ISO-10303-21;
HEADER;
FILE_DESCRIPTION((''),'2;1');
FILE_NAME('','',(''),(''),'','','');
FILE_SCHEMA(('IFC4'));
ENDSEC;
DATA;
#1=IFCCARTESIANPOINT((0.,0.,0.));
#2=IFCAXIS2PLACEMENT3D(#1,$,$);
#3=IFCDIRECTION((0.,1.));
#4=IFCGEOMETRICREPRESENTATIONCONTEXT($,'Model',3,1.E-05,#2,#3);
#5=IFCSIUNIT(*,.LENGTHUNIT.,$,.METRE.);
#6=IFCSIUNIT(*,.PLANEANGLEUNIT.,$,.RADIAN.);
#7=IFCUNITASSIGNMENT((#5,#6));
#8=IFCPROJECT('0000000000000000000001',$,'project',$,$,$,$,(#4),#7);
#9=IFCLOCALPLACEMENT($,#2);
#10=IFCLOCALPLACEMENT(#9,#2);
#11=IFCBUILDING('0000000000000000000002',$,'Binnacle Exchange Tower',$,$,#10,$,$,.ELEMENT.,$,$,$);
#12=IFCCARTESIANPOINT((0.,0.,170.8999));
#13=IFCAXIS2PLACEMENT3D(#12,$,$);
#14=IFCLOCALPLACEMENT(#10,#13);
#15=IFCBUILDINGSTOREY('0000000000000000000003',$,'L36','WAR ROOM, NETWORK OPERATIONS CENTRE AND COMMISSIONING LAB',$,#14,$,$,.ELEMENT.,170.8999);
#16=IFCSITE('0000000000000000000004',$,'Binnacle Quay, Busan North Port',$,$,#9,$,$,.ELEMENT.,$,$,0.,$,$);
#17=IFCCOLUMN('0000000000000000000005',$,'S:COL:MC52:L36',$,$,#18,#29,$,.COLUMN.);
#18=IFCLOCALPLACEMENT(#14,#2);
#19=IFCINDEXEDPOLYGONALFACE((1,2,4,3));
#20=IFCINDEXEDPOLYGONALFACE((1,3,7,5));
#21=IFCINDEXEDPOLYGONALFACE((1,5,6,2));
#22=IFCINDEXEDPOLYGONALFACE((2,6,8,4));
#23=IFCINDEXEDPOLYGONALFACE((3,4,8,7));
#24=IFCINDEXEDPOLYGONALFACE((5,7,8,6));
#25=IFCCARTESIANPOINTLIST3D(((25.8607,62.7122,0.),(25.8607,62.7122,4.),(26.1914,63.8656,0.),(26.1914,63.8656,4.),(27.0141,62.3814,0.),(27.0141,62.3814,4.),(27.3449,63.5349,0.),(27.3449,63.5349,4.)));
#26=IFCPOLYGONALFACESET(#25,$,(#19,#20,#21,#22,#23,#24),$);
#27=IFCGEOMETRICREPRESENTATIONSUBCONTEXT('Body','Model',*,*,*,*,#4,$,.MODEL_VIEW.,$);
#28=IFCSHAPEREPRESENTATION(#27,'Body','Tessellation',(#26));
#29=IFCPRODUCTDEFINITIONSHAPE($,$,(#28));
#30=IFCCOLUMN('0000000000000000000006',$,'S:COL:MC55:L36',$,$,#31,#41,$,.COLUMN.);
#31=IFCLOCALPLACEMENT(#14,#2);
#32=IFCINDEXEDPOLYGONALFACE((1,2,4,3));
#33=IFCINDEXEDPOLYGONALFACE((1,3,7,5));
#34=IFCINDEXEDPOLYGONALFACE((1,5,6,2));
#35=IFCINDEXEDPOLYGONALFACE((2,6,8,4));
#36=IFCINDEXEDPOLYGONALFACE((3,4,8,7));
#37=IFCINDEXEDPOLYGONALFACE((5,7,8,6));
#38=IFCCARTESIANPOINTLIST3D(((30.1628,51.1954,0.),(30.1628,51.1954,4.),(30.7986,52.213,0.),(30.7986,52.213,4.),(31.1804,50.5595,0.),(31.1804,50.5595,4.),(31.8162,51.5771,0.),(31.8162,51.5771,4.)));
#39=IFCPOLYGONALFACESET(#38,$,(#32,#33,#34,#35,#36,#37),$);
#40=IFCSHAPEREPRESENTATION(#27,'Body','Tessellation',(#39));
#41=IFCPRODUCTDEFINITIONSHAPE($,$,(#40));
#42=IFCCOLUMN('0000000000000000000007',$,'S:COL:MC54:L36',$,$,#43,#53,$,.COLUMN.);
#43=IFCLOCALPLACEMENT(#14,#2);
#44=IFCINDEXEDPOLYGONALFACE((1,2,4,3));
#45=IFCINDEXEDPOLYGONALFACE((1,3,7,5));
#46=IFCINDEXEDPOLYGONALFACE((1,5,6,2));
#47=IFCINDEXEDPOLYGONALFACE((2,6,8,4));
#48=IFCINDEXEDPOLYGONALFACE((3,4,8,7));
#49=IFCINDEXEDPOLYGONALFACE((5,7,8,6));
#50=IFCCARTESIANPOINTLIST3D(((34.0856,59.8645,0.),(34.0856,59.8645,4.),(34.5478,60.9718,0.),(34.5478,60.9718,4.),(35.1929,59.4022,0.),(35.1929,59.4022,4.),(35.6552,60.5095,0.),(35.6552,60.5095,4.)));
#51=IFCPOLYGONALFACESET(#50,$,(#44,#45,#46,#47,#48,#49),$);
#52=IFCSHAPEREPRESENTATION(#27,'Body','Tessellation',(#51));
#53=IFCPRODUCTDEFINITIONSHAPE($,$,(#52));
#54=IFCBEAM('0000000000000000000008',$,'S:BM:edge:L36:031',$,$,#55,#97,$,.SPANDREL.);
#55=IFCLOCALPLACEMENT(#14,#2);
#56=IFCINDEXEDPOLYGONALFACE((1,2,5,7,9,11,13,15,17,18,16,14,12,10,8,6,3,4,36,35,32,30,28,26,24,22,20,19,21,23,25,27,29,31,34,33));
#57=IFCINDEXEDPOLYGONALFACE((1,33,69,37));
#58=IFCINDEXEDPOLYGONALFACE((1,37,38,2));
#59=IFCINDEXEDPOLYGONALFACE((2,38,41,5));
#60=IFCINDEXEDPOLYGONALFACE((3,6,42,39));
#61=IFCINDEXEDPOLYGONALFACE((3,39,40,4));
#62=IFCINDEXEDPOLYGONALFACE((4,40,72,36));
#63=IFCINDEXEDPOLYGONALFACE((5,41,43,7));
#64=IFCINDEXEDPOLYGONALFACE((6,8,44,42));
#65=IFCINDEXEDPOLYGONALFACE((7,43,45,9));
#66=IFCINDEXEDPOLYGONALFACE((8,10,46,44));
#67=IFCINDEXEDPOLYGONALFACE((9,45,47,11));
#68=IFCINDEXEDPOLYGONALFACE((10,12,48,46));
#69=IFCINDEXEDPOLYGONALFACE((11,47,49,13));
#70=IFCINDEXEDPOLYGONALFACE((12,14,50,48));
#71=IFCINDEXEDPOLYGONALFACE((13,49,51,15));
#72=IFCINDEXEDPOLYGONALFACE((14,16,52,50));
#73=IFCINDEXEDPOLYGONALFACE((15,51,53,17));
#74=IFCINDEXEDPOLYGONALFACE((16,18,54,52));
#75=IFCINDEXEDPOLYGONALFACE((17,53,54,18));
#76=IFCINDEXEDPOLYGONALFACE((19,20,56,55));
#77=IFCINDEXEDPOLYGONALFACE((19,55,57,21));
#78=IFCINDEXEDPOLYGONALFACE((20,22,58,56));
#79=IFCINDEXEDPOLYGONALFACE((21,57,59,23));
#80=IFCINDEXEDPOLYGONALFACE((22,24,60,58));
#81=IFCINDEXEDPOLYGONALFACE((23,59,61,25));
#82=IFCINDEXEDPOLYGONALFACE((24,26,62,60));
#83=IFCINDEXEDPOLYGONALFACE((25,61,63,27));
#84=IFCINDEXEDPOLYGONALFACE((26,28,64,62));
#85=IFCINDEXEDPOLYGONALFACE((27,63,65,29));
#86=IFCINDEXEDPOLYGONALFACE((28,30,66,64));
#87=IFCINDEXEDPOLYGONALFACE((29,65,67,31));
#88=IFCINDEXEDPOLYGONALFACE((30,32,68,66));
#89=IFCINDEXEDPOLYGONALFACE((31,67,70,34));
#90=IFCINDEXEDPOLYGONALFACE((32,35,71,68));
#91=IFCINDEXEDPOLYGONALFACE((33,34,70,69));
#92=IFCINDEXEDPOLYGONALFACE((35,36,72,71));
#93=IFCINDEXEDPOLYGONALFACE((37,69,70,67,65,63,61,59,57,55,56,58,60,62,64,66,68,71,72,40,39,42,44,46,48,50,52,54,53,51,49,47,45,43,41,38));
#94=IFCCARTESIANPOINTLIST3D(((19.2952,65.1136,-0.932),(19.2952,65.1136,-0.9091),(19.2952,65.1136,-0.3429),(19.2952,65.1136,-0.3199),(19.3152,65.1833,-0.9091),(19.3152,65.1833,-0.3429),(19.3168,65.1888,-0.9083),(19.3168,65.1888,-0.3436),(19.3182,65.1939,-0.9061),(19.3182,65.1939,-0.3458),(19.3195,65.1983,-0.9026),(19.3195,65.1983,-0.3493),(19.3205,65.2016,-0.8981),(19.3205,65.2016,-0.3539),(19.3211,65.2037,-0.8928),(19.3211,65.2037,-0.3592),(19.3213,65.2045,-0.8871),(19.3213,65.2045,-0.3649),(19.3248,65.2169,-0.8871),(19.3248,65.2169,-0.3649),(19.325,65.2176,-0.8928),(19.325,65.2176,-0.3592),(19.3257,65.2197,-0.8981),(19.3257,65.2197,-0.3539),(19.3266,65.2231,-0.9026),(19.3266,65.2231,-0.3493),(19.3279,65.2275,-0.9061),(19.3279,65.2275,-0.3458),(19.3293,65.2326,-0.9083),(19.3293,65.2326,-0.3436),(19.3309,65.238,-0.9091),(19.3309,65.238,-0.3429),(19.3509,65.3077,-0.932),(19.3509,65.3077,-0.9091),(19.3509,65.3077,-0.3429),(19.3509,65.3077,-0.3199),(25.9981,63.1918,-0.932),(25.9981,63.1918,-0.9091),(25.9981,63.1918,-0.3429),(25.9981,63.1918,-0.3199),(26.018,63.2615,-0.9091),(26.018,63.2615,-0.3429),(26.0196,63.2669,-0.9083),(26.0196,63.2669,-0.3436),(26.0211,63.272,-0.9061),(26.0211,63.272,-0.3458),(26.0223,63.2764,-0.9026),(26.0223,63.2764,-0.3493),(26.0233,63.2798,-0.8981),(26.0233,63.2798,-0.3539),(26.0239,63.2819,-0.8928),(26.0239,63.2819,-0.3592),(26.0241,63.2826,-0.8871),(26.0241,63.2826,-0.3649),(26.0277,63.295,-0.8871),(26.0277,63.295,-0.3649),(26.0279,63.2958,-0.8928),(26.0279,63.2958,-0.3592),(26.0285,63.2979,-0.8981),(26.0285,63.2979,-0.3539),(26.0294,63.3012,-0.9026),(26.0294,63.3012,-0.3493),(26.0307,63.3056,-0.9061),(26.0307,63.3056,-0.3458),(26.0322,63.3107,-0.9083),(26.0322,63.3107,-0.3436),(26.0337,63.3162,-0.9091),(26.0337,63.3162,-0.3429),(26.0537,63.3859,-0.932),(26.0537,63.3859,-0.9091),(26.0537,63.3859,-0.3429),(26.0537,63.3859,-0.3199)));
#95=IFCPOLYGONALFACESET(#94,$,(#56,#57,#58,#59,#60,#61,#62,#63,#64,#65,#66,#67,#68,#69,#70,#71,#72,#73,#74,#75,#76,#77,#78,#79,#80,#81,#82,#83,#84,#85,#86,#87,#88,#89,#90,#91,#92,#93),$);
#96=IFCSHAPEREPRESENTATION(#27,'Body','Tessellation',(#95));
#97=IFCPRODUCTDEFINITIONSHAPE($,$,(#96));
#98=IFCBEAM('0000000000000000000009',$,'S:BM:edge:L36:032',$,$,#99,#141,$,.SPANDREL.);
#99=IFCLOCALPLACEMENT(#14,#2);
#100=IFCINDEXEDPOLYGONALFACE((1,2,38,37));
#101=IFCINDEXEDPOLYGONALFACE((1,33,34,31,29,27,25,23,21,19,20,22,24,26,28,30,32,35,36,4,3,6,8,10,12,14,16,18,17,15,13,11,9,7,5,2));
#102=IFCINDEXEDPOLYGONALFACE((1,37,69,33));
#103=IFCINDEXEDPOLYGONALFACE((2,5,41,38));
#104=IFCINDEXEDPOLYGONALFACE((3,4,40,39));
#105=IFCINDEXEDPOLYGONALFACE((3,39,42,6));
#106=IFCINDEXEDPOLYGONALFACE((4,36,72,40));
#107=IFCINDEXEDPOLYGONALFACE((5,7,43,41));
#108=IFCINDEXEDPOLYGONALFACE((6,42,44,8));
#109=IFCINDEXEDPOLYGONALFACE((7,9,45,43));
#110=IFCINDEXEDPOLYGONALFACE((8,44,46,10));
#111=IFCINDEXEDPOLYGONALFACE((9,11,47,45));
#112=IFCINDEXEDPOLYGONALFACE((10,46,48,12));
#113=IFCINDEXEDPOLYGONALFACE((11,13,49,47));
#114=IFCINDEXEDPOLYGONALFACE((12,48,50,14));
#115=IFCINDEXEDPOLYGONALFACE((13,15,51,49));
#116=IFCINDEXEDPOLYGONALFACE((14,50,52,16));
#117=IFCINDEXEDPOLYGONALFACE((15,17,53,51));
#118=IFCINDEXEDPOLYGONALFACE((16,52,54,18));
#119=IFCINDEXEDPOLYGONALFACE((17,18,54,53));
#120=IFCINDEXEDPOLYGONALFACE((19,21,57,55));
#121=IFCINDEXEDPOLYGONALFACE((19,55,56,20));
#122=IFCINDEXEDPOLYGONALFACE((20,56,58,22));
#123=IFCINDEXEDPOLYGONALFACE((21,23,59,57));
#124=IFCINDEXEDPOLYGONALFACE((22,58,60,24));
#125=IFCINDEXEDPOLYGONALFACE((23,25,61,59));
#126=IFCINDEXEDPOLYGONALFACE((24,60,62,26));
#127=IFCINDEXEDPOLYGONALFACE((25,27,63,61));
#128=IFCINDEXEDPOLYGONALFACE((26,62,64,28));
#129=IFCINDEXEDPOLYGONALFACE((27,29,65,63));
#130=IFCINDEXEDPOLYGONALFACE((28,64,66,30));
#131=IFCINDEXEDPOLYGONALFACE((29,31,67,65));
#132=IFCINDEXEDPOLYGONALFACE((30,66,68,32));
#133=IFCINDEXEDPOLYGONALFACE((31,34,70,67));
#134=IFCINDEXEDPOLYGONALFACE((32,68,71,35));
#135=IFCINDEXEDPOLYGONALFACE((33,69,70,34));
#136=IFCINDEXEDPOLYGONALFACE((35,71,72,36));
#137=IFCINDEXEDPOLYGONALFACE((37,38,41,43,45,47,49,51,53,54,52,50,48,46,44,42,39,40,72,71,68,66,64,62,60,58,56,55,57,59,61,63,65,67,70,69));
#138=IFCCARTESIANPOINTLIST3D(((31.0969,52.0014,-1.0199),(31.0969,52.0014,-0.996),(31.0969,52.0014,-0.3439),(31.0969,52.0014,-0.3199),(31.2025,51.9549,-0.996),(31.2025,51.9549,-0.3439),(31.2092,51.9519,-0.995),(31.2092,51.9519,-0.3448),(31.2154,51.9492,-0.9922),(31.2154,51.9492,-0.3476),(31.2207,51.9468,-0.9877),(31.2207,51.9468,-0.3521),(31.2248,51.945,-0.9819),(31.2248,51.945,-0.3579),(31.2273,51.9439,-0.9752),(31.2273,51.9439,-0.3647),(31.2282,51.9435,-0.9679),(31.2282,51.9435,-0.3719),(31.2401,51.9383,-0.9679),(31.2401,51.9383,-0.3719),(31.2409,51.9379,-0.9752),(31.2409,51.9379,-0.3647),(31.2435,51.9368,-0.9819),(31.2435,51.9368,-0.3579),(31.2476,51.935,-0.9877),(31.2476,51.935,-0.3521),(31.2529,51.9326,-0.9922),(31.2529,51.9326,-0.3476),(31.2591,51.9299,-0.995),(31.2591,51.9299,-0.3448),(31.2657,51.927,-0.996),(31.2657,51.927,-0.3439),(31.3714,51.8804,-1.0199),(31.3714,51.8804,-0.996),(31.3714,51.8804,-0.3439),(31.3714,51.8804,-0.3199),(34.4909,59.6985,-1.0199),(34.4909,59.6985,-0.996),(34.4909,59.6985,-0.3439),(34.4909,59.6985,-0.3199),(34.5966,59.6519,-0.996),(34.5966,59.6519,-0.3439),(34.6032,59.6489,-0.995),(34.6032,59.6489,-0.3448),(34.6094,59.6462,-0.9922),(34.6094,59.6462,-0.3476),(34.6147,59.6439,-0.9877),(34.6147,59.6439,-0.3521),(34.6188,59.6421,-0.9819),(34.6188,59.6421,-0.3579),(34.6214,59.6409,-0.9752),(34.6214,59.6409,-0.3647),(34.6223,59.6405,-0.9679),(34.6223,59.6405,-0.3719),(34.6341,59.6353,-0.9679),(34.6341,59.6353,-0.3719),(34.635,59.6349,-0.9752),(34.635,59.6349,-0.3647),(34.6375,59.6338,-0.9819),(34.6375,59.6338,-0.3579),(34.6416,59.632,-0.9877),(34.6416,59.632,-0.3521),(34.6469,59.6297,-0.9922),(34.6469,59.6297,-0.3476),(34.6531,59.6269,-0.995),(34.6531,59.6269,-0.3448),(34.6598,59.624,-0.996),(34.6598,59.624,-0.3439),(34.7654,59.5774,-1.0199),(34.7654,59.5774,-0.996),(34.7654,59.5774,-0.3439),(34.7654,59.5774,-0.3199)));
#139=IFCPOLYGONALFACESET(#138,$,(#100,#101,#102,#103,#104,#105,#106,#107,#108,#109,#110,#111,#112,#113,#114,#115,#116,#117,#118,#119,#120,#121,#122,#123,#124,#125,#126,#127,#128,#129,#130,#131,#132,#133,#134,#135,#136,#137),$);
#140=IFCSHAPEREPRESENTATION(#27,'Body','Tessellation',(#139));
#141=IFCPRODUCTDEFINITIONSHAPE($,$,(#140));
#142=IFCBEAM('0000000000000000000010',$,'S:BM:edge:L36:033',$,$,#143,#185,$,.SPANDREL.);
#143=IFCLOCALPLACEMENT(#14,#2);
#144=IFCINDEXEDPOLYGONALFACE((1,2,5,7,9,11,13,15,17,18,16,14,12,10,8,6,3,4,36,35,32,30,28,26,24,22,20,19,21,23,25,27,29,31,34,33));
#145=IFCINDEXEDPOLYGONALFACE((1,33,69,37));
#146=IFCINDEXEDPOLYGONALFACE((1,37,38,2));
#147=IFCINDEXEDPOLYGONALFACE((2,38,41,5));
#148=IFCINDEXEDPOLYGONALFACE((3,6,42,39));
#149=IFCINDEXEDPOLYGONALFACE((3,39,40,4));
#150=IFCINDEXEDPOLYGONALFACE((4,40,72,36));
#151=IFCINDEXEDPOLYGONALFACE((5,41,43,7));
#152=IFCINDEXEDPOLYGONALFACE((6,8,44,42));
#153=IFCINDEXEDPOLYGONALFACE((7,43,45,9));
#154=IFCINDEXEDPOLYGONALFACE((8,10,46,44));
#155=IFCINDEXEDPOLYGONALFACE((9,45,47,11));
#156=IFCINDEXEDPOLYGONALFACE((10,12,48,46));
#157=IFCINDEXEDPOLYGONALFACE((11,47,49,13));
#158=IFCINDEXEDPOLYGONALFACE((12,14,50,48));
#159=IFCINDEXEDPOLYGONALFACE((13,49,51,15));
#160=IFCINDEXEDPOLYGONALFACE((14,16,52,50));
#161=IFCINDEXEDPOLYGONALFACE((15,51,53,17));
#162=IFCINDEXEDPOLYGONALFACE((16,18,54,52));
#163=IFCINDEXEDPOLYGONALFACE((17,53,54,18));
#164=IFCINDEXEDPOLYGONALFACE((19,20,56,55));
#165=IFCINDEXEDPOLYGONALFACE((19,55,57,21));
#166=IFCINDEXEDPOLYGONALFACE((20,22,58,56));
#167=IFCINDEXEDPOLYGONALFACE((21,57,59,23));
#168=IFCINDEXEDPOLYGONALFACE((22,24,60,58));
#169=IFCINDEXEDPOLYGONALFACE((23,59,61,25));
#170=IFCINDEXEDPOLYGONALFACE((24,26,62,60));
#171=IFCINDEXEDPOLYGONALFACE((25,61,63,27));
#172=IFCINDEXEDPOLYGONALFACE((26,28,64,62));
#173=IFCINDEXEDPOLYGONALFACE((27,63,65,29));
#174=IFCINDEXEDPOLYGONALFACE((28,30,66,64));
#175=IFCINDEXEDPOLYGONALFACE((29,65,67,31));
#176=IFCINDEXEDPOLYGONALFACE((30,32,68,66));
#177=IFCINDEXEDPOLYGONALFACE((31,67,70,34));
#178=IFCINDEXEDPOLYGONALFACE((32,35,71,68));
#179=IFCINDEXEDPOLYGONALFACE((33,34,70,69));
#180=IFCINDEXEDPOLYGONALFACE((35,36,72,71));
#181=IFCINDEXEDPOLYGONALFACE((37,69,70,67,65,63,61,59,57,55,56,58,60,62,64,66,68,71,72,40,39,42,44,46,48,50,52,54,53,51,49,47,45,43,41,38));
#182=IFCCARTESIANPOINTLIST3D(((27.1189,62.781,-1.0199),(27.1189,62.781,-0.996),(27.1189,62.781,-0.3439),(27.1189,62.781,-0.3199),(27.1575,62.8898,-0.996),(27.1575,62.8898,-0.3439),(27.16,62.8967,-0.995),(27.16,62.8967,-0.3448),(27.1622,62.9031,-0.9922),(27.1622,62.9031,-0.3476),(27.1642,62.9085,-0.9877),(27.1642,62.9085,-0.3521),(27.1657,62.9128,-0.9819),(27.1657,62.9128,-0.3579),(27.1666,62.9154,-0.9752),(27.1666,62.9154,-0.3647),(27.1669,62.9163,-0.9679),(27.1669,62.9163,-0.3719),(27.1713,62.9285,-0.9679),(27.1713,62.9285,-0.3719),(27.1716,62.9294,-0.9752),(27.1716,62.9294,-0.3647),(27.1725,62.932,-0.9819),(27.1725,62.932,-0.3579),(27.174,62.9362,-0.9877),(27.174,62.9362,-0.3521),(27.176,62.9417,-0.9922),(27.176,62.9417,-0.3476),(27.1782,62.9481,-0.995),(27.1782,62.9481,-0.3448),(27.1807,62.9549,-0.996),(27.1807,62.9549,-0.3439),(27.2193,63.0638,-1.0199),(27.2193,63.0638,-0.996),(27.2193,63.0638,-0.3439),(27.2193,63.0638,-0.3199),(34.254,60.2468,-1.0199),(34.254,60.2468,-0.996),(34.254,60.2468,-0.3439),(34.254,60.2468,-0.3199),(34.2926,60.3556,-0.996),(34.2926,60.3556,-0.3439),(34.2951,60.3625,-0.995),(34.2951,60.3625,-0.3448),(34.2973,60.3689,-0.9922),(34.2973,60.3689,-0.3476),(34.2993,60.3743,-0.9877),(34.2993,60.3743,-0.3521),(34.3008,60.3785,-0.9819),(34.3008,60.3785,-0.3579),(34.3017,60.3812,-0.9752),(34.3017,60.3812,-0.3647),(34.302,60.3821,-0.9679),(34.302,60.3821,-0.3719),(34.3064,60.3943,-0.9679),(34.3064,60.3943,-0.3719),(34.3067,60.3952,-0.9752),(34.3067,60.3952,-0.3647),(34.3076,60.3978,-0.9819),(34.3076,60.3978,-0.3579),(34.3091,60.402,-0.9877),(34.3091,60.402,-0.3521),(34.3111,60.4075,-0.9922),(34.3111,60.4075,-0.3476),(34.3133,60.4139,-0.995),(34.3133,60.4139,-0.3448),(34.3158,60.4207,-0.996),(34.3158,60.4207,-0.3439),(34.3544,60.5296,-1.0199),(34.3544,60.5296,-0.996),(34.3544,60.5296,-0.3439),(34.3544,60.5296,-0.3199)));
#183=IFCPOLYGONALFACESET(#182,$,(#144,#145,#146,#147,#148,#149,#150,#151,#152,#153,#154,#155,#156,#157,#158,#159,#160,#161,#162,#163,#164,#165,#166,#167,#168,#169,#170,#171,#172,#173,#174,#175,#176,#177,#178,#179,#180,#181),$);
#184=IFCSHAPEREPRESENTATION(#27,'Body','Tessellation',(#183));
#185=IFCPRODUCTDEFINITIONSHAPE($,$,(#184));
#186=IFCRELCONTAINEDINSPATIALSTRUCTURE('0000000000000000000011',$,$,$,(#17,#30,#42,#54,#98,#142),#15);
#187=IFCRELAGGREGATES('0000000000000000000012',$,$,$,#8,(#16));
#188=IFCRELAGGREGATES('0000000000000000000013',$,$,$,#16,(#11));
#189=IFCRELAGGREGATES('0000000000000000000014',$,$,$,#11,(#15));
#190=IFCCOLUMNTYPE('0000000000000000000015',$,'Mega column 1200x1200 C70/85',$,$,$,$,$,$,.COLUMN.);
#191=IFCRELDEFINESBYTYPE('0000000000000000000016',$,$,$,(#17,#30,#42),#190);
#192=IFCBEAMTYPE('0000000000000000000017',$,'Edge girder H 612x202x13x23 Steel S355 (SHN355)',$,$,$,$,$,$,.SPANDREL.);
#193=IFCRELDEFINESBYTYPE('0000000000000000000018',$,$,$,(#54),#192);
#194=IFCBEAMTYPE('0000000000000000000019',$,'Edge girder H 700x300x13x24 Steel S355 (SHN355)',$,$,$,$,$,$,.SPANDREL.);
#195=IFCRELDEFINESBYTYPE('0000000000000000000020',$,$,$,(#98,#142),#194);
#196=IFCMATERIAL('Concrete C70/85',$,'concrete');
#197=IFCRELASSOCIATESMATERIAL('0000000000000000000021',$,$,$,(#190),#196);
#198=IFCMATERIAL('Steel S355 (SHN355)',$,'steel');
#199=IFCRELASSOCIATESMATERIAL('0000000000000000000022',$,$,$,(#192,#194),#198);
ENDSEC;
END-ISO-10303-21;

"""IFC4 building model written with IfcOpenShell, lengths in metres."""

from ifc_helpers import new_model, si_unit, direction, frame, origin, origin_2d, place, context, subcontext, project, spatial, rectangle, i_section, extrude, material, material_profile, profile_set, type_object, element, save


model = new_model("IFC4")

# Units and contexts
model_context = context("Model", 3, precision=1e-05, world=origin(), true_north=direction((0.0, 1.0)))
body_context = subcontext(model_context, "Body", "Model", "MODEL_VIEW")
ifc_project = project(units=[si_unit("LENGTHUNIT", "METRE"), si_unit("PLANEANGLEUNIT", "RADIAN")], contexts=[model_context])

# Site, building, storey
site_placement = place(None, origin())
site = spatial("IfcSite", under=ifc_project, at=site_placement, Name="Binnacle Quay, Busan North Port", CompositionType="ELEMENT", RefElevation=0.0)
building_placement = place(site_placement, origin())
building = spatial("IfcBuilding", under=site, at=building_placement, Name="Binnacle Exchange Tower", CompositionType="ELEMENT")
storey_placement = place(building_placement, frame((0.0, 0.0, 170.8999)))
storey = spatial("IfcBuildingStorey", under=building, at=storey_placement, Name="L36", Description="WAR ROOM, NETWORK OPERATIONS CENTRE AND COMMISSIONING LAB", CompositionType="ELEMENT", Elevation=170.8999)

# Columns
ifc_material_1 = material(Name="Concrete C70/85", Category="concrete")
ifc_material_profile_1 = material_profile(ifc_material_1, rectangle(XDim=1.2, YDim=1.2, at=origin_2d()), Name="Mega column 1200x1200 C70/85")
ifc_profile_set_1 = profile_set([ifc_material_profile_1], Name="Concrete C70/85")
column_type = type_object("IfcColumnType", Name="Mega column 1200x1200 C70/85", PredefinedType="COLUMN", material=ifc_profile_set_1)
for number, where, z_axis, x_axis, name in (
    (1, (26.6028, 63.1235, 0.0), (0.0, 0.0, 1.0), (-0.961262, 0.275637, 0.0), "S:COL:MC52:L36"),
    (2, (30.9895, 51.3862, 0.0), (0.0, 0.0, 1.0), (0.529919, 0.848048, 0.0), "S:COL:MC55:L36"),
    (3, (34.8704, 60.187, 0.0), (0.0, 0.0, 1.0), (-0.922814, 0.385246, 0.0), "S:COL:MC54:L36"),
):
    element("IfcColumn", number, at=place(storey_placement, frame(where, z_axis=z_axis, x_axis=x_axis)), inside=storey, type_object=column_type, Name=name, PredefinedType="COLUMN", context=body_context, shape_type="SweptSolid", body=[
        extrude(rectangle(XDim=1.2, YDim=1.2, at=origin_2d()), origin(), (0.0, 0.0, 1.0), 4.0),
    ])

# Beams
ifc_material_2 = material(Name="Steel S355 (SHN355)", Category="steel")
ifc_material_profile_2 = material_profile(ifc_material_2, i_section(OverallWidth=0.2019, OverallDepth=0.6121, WebThickness=0.0129, FlangeThickness=0.0229, FilletRadius=0.022, at=origin_2d()), Name="H 612x202x13x23")
ifc_profile_set_2 = profile_set([ifc_material_profile_2], Name="Steel S355 (SHN355)")
beam_type_1 = type_object("IfcBeamType", Name="Edge girder H 612x202x13x23 Steel S355 (SHN355)", PredefinedType="SPANDREL", material=ifc_profile_set_2)
beam_1_placement = place(storey_placement, frame((26.0259, 63.2888, -0.626), z_axis=(-0.961267, 0.275618, 0.0), x_axis=(-0.275618, -0.961267, 0.0)))
element("IfcBeam", 4, at=beam_1_placement, inside=storey, type_object=beam_type_1, Name="S:BM:edge:L36:031", PredefinedType="SPANDREL", context=body_context, shape_type="SweptSolid", body=[
    extrude(i_section(OverallWidth=0.2019, OverallDepth=0.6121, WebThickness=0.0129, FlangeThickness=0.0229, FilletRadius=0.022, at=origin_2d()), origin(), (0.0, 0.0, 1.0), 6.9729),
])
ifc_material_profile_3 = material_profile(ifc_material_2, i_section(OverallWidth=0.3, OverallDepth=0.7, WebThickness=0.0129, FlangeThickness=0.0239, FilletRadius=0.0281, at=origin_2d()), Name="H 700x300x13x24")
ifc_profile_set_3 = profile_set([ifc_material_profile_3], Name="Steel S355 (SHN355)")
beam_type_2 = type_object("IfcBeamType", Name="Edge girder H 700x300x13x24 Steel S355 (SHN355)", PredefinedType="SPANDREL", material=ifc_profile_set_3)
beam_2_placement = place(storey_placement, frame((31.2341, 51.9409, -0.6699), z_axis=(0.403471, 0.914992, 0.0), x_axis=(-0.914992, 0.403471, 0.0)))
element("IfcBeam", 5, at=beam_2_placement, inside=storey, type_object=beam_type_2, Name="S:BM:edge:L36:032", PredefinedType="SPANDREL", context=body_context, shape_type="SweptSolid", body=[
    extrude(i_section(OverallWidth=0.3, OverallDepth=0.7, WebThickness=0.0129, FlangeThickness=0.0239, FilletRadius=0.0281, at=origin_2d()), origin(), (0.0, 0.0, 1.0), 8.4121),
])
beam_3_placement = place(storey_placement, frame((34.3042, 60.3882, -0.6699), z_axis=(-0.942328, 0.334692, 0.0), x_axis=(-0.334692, -0.942328, 0.0)))
element("IfcBeam", 6, at=beam_3_placement, inside=storey, type_object=beam_type_2, Name="S:BM:edge:L36:033", PredefinedType="SPANDREL", context=body_context, shape_type="SweptSolid", body=[
    extrude(i_section(OverallWidth=0.3, OverallDepth=0.7, WebThickness=0.0129, FlangeThickness=0.0239, FilletRadius=0.0281, at=origin_2d()), origin(), (0.0, 0.0, 1.0), 7.5718),
])

save(model, "model.ifc")
